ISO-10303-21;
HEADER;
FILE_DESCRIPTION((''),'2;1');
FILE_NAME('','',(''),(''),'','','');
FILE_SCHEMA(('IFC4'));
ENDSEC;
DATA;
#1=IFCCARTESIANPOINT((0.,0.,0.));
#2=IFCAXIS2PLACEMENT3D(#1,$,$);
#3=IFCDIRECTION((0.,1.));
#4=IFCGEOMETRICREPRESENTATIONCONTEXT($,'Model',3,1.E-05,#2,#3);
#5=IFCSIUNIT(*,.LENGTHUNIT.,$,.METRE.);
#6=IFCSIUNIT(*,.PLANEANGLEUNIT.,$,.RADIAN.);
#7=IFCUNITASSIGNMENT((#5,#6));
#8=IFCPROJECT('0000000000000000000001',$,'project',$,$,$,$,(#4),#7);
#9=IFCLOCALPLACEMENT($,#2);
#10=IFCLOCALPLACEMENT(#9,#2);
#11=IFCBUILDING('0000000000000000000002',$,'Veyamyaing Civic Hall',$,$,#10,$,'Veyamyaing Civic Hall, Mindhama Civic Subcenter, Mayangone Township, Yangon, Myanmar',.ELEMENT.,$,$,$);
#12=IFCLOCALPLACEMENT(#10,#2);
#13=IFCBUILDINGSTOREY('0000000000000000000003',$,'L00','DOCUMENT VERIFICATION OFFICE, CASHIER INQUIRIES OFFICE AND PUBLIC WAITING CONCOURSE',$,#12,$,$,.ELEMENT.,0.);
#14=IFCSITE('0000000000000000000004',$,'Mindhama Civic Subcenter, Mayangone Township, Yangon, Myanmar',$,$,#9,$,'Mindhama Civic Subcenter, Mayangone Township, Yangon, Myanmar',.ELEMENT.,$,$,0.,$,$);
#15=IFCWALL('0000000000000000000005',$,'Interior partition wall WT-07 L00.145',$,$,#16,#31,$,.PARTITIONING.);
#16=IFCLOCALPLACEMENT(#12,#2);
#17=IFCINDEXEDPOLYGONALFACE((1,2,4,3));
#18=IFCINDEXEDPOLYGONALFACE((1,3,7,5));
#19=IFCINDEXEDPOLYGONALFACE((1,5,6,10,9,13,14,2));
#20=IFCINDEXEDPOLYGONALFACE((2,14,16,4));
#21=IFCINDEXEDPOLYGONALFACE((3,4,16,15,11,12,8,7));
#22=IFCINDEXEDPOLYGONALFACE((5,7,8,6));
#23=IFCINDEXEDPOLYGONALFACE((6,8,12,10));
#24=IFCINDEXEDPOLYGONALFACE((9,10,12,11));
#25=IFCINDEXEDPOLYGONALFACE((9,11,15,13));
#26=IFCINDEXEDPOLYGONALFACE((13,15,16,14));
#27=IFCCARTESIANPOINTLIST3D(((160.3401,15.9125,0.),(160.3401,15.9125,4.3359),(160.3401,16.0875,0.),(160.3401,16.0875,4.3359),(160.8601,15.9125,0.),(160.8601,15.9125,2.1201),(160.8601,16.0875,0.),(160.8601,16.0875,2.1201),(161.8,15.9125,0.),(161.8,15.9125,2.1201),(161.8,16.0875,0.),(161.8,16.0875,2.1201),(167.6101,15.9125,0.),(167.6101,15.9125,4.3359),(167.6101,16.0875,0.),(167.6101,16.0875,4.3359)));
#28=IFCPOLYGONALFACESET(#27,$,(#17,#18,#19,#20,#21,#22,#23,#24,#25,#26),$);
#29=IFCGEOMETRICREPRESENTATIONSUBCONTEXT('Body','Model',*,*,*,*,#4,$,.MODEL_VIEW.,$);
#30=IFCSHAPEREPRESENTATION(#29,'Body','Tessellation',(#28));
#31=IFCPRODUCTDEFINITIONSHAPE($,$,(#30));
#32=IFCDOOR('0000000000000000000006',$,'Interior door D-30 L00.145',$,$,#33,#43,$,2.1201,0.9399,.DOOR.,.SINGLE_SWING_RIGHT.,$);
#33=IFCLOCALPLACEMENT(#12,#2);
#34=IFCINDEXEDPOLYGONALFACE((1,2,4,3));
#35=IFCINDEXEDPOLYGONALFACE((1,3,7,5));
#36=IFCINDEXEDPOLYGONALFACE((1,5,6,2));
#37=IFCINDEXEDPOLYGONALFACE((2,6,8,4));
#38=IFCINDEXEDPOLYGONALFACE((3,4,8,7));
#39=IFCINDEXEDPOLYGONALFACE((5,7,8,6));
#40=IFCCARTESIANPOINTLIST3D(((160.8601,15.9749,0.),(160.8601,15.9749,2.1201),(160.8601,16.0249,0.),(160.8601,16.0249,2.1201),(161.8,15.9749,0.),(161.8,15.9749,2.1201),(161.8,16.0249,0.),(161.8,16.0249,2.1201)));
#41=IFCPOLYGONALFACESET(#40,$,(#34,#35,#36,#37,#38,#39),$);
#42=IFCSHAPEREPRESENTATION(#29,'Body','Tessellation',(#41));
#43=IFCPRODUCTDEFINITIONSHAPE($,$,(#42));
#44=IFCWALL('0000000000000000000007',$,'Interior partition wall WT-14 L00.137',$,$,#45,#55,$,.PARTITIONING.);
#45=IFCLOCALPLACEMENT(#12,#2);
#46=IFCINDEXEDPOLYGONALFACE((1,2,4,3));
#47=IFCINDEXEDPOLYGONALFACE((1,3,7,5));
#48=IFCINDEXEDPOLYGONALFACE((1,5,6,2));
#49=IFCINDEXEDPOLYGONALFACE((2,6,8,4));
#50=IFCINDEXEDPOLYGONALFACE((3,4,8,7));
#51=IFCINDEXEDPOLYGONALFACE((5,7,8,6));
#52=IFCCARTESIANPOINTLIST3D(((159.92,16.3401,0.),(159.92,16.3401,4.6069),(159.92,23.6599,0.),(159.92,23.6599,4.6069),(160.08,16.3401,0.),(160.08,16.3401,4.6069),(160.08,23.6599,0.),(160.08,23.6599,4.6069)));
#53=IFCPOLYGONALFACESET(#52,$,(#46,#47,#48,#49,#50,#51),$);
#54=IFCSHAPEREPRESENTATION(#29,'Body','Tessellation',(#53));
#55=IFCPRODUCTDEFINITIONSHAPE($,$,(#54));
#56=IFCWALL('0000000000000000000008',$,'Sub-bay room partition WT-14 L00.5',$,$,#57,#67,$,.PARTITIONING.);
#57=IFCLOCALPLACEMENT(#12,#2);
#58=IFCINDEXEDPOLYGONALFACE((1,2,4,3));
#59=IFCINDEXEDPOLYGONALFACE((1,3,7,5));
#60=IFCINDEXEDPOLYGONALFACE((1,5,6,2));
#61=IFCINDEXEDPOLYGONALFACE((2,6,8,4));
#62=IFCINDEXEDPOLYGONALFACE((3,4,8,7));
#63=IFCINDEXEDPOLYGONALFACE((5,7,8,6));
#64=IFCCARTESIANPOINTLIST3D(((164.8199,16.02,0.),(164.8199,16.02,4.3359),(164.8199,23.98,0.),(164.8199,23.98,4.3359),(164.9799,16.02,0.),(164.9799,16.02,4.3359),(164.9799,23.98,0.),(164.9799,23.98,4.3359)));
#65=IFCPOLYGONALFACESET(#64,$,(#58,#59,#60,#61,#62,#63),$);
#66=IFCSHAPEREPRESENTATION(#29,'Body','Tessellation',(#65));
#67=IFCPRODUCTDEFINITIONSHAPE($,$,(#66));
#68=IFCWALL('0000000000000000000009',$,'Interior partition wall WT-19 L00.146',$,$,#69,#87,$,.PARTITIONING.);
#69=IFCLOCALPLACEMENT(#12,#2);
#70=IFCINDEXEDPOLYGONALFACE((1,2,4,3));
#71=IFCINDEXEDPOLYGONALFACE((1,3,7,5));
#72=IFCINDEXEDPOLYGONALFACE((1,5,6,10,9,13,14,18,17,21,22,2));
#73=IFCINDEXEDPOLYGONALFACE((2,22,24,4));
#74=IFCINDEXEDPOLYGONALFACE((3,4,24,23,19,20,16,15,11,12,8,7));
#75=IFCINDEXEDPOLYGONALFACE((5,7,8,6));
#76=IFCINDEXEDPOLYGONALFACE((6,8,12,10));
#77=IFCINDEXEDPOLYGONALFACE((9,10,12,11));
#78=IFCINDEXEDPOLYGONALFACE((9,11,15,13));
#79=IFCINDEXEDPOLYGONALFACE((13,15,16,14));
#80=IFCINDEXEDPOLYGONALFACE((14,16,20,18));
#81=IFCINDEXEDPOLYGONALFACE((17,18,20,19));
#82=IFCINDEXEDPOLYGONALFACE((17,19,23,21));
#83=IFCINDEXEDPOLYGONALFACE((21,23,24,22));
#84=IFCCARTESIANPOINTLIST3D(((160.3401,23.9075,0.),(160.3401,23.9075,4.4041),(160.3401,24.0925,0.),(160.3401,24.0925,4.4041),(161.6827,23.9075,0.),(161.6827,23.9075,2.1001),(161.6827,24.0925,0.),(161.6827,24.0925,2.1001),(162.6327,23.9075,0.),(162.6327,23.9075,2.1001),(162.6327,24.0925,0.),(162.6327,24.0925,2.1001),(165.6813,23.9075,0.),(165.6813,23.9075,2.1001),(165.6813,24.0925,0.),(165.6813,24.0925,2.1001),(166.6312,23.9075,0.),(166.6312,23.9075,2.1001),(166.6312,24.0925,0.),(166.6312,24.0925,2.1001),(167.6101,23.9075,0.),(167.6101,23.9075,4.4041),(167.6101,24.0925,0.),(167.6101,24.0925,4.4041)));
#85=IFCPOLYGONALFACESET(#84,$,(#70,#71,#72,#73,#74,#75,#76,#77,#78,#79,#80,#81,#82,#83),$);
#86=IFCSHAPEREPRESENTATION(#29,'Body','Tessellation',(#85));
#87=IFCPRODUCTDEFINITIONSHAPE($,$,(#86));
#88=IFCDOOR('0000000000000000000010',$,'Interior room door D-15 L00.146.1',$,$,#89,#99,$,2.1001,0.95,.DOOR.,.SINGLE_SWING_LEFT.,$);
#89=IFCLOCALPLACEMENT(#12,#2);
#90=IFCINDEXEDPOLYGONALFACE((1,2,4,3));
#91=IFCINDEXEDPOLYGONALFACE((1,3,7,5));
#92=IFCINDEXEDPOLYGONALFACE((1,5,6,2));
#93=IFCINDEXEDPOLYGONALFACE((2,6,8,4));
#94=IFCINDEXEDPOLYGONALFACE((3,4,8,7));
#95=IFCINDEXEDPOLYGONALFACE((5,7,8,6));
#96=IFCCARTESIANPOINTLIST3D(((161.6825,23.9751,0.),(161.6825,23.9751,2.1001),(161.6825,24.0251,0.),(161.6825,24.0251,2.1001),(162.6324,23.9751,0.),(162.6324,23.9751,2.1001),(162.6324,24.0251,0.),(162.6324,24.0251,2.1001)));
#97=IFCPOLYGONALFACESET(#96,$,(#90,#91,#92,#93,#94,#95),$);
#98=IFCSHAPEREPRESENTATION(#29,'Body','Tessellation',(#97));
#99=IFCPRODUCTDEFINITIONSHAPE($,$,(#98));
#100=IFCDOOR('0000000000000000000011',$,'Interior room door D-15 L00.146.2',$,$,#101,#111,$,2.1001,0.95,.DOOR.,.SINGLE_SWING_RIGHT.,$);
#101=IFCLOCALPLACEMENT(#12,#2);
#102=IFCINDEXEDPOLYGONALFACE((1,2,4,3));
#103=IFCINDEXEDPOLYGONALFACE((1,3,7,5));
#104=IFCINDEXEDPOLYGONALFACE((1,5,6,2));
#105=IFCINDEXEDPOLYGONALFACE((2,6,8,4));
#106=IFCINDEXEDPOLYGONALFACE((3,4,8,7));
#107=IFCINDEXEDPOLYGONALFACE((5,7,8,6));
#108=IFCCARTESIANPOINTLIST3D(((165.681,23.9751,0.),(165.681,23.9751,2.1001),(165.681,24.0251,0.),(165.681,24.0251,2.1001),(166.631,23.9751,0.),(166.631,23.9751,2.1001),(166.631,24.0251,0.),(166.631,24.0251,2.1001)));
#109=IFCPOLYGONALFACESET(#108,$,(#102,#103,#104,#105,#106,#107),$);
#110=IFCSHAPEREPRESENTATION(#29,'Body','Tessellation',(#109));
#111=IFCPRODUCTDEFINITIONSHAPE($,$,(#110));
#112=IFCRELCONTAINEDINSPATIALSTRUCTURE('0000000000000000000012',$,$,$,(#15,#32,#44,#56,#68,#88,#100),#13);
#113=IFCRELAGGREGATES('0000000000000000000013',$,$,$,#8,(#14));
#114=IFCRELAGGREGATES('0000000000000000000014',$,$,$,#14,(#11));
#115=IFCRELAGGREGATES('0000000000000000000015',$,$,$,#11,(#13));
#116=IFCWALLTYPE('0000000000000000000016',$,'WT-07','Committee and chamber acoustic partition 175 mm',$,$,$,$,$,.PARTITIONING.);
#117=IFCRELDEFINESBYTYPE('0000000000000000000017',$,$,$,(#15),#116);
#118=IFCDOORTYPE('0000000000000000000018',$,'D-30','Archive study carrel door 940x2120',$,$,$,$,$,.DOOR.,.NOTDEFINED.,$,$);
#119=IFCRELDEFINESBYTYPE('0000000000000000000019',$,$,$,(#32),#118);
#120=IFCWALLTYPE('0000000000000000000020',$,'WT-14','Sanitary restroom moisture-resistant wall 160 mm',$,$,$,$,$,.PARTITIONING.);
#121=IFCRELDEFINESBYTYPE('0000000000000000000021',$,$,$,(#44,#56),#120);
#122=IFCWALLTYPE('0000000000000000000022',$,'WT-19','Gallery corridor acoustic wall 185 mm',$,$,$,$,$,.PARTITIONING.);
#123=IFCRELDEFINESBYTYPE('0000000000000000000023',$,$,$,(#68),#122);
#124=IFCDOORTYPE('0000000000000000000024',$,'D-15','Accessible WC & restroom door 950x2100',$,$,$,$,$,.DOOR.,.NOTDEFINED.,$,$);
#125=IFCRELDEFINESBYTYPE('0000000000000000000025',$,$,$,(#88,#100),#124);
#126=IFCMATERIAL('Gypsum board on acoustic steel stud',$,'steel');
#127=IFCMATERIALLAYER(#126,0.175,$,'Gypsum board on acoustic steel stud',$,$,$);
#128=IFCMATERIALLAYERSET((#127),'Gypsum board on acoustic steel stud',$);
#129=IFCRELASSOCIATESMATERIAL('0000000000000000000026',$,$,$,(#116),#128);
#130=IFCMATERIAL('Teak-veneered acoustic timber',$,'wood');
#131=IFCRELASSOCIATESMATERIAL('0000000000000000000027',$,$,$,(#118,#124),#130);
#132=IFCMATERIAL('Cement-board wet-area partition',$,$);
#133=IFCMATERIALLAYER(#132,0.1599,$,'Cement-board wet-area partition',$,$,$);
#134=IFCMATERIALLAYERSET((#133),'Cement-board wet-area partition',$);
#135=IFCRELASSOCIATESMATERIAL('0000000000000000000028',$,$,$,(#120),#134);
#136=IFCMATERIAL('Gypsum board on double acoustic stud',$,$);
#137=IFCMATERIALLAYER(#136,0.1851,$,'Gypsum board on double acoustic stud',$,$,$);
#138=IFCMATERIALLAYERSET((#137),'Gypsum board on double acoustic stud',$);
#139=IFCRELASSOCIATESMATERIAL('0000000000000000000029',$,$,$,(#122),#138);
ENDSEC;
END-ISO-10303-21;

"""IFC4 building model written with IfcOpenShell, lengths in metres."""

from ifc_helpers import new_model, si_unit, direction, frame, frame_2d, origin, place, context, subcontext, project, spatial, rectangle, extrude, material, layer, layer_set, type_object, element, fill, save


model = new_model("IFC4")

# Units and contexts
model_context = context("Model", 3, precision=1e-05, world=origin(), true_north=direction((0.0, 1.0)))
body_context = subcontext(model_context, "Body", "Model", "MODEL_VIEW")
ifc_project = project(units=[si_unit("LENGTHUNIT", "METRE"), si_unit("PLANEANGLEUNIT", "RADIAN")], contexts=[model_context])

# Site, building, storey
site_placement = place(None, origin())
site = spatial("IfcSite", under=ifc_project, at=site_placement, Name="Mindhama Civic Subcenter, Mayangone Township, Yangon, Myanmar", LongName="Mindhama Civic Subcenter, Mayangone Township, Yangon, Myanmar", CompositionType="ELEMENT", RefElevation=0.0)
building_placement = place(site_placement, origin())
building = spatial("IfcBuilding", under=site, at=building_placement, Name="Veyamyaing Civic Hall", LongName="Veyamyaing Civic Hall, Mindhama Civic Subcenter, Mayangone Township, Yangon, Myanmar", CompositionType="ELEMENT")
storey_placement = place(building_placement, origin())
storey = spatial("IfcBuildingStorey", under=building, at=storey_placement, Name="L00", Description="DOCUMENT VERIFICATION OFFICE, CASHIER INQUIRIES OFFICE AND PUBLIC WAITING CONCOURSE", CompositionType="ELEMENT", Elevation=0.0)

# Wall, opening, door
ifc_material_1 = material(Name="Gypsum board on acoustic steel stud", Category="steel")
ifc_layer_1 = layer(ifc_material_1, 0.175, Name="Gypsum board on acoustic steel stud")
ifc_layer_set_1 = layer_set([ifc_layer_1], Name="Gypsum board on acoustic steel stud")
wall_type_1 = type_object("IfcWallType", Name="WT-07", Description="Committee and chamber acoustic partition 175 mm", PredefinedType="PARTITIONING", material=ifc_layer_set_1)
wall_1_placement = place(storey_placement, frame((160.3401, 16.0, 0.0), z_axis=(0.0, 0.0, 1.0), x_axis=(1.0, 0.0, 0.0)))
wall_1 = element("IfcWall", 1, at=wall_1_placement, inside=storey, type_object=wall_type_1, Name="Interior partition wall WT-07 L00.145", PredefinedType="PARTITIONING", context=body_context, shape_type="SweptSolid", body=[
    extrude(rectangle(XDim=7.27, YDim=0.175, at=frame_2d((3.635, 0.0))), origin(), (0.0, 0.0, 1.0), 4.3359),
])
opening_1_placement = place(wall_1_placement, frame((0.52, 0.0, 0.0)))
opening_1 = element("IfcOpeningElement", 2, at=opening_1_placement, cuts=wall_1, PredefinedType="OPENING", context=body_context, shape_type="SweptSolid", body=[
    extrude(rectangle(XDim=0.9399, YDim=2.1201, at=frame_2d((0.47, 1.0601))), frame((0.0, 0.0974, 0.0), z_axis=(0.0, -1.0, 0.0), x_axis=(1.0, 0.0, 0.0)), (0.0, 0.0, 1.0), 0.1951),
])
ifc_material_2 = material(Name="Teak-veneered acoustic timber", Category="wood")
door_type_1 = type_object("IfcDoorType", Name="D-30", Description="Archive study carrel door 940x2120", OperationType="NOTDEFINED", PredefinedType="DOOR", material=ifc_material_2)
door_1_placement = place(opening_1_placement, origin())
door_1 = element("IfcDoor", 3, at=door_1_placement, inside=storey, type_object=door_type_1, Name="Interior door D-30 L00.145", OperationType="SINGLE_SWING_RIGHT", OverallHeight=2.1201, OverallWidth=0.9399, PredefinedType="DOOR", context=body_context, shape_type="SweptSolid", body=[
    extrude(rectangle(XDim=0.9399, YDim=2.1201, at=frame_2d((0.47, 1.0601))), frame((0.0, 0.0249, 0.0), z_axis=(0.0, -1.0, 0.0), x_axis=(1.0, 0.0, 0.0)), (0.0, 0.0, 1.0), 0.05),
])
fill(opening_1, door_1)

# Walls
ifc_material_3 = material(Name="Cement-board wet-area partition")
ifc_layer_2 = layer(ifc_material_3, 0.1599, Name="Cement-board wet-area partition")
ifc_layer_set_2 = layer_set([ifc_layer_2], Name="Cement-board wet-area partition")
wall_type_2 = type_object("IfcWallType", Name="WT-14", Description="Sanitary restroom moisture-resistant wall 160 mm", PredefinedType="PARTITIONING", material=ifc_layer_set_2)
wall_2_placement = place(storey_placement, frame((160.0, 16.3401, 0.0), z_axis=(0.0, 0.0, 1.0), x_axis=(0.0, 1.0, 0.0)))
element("IfcWall", 4, at=wall_2_placement, inside=storey, type_object=wall_type_2, Name="Interior partition wall WT-14 L00.137", PredefinedType="PARTITIONING", context=body_context, shape_type="SweptSolid", body=[
    extrude(rectangle(XDim=7.3198, YDim=0.1599, at=frame_2d((3.6599, 0.0))), origin(), (0.0, 0.0, 1.0), 4.6069),
])
wall_3_placement = place(storey_placement, frame((164.8999, 16.02, 0.0), z_axis=(0.0, 0.0, 1.0), x_axis=(0.0, 1.0, 0.0)))
element("IfcWall", 5, at=wall_3_placement, inside=storey, type_object=wall_type_2, Name="Sub-bay room partition WT-14 L00.5", PredefinedType="PARTITIONING", context=body_context, shape_type="SweptSolid", body=[
    extrude(rectangle(XDim=7.96, YDim=0.1599, at=frame_2d((3.98, 0.0))), origin(), (0.0, 0.0, 1.0), 4.3359),
])

# Wall, openings, doors
ifc_material_4 = material(Name="Gypsum board on double acoustic stud")
ifc_layer_3 = layer(ifc_material_4, 0.1851, Name="Gypsum board on double acoustic stud")
ifc_layer_set_3 = layer_set([ifc_layer_3], Name="Gypsum board on double acoustic stud")
wall_type_3 = type_object("IfcWallType", Name="WT-19", Description="Gallery corridor acoustic wall 185 mm", PredefinedType="PARTITIONING", material=ifc_layer_set_3)
wall_4_placement = place(storey_placement, frame((160.3401, 24.0, 0.0), z_axis=(0.0, 0.0, 1.0), x_axis=(1.0, 0.0, 0.0)))
wall_4 = element("IfcWall", 6, at=wall_4_placement, inside=storey, type_object=wall_type_3, Name="Interior partition wall WT-19 L00.146", PredefinedType="PARTITIONING", context=body_context, shape_type="SweptSolid", body=[
    extrude(rectangle(XDim=7.27, YDim=0.1851, at=frame_2d((3.635, 0.0))), origin(), (0.0, 0.0, 1.0), 4.4041),
])
opening_2_placement = place(wall_4_placement, frame((1.3425, 0.0, 0.0)))
opening_2 = element("IfcOpeningElement", 7, at=opening_2_placement, cuts=wall_4, PredefinedType="OPENING", context=body_context, shape_type="SweptSolid", body=[
    extrude(rectangle(XDim=0.95, YDim=2.1001, at=frame_2d((0.4751, 1.05))), frame((0.0, 0.1025, 0.0), z_axis=(0.0, -1.0, 0.0), x_axis=(1.0, 0.0, 0.0)), (0.0, 0.0, 1.0), 0.2051),
])
opening_3_placement = place(wall_4_placement, frame((5.3411, 0.0, 0.0)))
opening_3 = element("IfcOpeningElement", 8, at=opening_3_placement, cuts=wall_4, PredefinedType="OPENING", context=body_context, shape_type="SweptSolid", body=[
    extrude(rectangle(XDim=0.95, YDim=2.1001, at=frame_2d((0.4751, 1.05))), frame((0.0, 0.1025, 0.0), z_axis=(0.0, -1.0, 0.0), x_axis=(1.0, 0.0, 0.0)), (0.0, 0.0, 1.0), 0.2051),
])
door_type_2 = type_object("IfcDoorType", Name="D-15", Description="Accessible WC & restroom door 950x2100", OperationType="NOTDEFINED", PredefinedType="DOOR", material=ifc_material_2)
door_2_placement = place(opening_2_placement, frame((0.95, 0.0, 0.0), z_axis=(0.0, 0.0, 1.0), x_axis=(-1.0, 0.0, 0.0)))
door_2 = element("IfcDoor", 9, at=door_2_placement, inside=storey, type_object=door_type_2, Name="Interior room door D-15 L00.146.1", OperationType="SINGLE_SWING_LEFT", OverallHeight=2.1001, OverallWidth=0.95, PredefinedType="DOOR", context=body_context, shape_type="SweptSolid", body=[
    extrude(rectangle(XDim=0.95, YDim=2.1001, at=frame_2d((0.4751, 1.05))), frame((0.0, 0.0249, 0.0), z_axis=(0.0, -1.0, 0.0), x_axis=(1.0, 0.0, 0.0)), (0.0, 0.0, 1.0), 0.05),
])
fill(opening_2, door_2)
door_3_placement = place(opening_3_placement, frame((0.95, 0.0, 0.0), z_axis=(0.0, 0.0, 1.0), x_axis=(-1.0, 0.0, 0.0)))
door_3 = element("IfcDoor", 10, at=door_3_placement, inside=storey, type_object=door_type_2, Name="Interior room door D-15 L00.146.2", OperationType="SINGLE_SWING_RIGHT", OverallHeight=2.1001, OverallWidth=0.95, PredefinedType="DOOR", context=body_context, shape_type="SweptSolid", body=[
    extrude(rectangle(XDim=0.95, YDim=2.1001, at=frame_2d((0.4751, 1.05))), frame((0.0, 0.0249, 0.0), z_axis=(0.0, -1.0, 0.0), x_axis=(1.0, 0.0, 0.0)), (0.0, 0.0, 1.0), 0.05),
])
fill(opening_3, door_3)

save(model, "model.ifc")
